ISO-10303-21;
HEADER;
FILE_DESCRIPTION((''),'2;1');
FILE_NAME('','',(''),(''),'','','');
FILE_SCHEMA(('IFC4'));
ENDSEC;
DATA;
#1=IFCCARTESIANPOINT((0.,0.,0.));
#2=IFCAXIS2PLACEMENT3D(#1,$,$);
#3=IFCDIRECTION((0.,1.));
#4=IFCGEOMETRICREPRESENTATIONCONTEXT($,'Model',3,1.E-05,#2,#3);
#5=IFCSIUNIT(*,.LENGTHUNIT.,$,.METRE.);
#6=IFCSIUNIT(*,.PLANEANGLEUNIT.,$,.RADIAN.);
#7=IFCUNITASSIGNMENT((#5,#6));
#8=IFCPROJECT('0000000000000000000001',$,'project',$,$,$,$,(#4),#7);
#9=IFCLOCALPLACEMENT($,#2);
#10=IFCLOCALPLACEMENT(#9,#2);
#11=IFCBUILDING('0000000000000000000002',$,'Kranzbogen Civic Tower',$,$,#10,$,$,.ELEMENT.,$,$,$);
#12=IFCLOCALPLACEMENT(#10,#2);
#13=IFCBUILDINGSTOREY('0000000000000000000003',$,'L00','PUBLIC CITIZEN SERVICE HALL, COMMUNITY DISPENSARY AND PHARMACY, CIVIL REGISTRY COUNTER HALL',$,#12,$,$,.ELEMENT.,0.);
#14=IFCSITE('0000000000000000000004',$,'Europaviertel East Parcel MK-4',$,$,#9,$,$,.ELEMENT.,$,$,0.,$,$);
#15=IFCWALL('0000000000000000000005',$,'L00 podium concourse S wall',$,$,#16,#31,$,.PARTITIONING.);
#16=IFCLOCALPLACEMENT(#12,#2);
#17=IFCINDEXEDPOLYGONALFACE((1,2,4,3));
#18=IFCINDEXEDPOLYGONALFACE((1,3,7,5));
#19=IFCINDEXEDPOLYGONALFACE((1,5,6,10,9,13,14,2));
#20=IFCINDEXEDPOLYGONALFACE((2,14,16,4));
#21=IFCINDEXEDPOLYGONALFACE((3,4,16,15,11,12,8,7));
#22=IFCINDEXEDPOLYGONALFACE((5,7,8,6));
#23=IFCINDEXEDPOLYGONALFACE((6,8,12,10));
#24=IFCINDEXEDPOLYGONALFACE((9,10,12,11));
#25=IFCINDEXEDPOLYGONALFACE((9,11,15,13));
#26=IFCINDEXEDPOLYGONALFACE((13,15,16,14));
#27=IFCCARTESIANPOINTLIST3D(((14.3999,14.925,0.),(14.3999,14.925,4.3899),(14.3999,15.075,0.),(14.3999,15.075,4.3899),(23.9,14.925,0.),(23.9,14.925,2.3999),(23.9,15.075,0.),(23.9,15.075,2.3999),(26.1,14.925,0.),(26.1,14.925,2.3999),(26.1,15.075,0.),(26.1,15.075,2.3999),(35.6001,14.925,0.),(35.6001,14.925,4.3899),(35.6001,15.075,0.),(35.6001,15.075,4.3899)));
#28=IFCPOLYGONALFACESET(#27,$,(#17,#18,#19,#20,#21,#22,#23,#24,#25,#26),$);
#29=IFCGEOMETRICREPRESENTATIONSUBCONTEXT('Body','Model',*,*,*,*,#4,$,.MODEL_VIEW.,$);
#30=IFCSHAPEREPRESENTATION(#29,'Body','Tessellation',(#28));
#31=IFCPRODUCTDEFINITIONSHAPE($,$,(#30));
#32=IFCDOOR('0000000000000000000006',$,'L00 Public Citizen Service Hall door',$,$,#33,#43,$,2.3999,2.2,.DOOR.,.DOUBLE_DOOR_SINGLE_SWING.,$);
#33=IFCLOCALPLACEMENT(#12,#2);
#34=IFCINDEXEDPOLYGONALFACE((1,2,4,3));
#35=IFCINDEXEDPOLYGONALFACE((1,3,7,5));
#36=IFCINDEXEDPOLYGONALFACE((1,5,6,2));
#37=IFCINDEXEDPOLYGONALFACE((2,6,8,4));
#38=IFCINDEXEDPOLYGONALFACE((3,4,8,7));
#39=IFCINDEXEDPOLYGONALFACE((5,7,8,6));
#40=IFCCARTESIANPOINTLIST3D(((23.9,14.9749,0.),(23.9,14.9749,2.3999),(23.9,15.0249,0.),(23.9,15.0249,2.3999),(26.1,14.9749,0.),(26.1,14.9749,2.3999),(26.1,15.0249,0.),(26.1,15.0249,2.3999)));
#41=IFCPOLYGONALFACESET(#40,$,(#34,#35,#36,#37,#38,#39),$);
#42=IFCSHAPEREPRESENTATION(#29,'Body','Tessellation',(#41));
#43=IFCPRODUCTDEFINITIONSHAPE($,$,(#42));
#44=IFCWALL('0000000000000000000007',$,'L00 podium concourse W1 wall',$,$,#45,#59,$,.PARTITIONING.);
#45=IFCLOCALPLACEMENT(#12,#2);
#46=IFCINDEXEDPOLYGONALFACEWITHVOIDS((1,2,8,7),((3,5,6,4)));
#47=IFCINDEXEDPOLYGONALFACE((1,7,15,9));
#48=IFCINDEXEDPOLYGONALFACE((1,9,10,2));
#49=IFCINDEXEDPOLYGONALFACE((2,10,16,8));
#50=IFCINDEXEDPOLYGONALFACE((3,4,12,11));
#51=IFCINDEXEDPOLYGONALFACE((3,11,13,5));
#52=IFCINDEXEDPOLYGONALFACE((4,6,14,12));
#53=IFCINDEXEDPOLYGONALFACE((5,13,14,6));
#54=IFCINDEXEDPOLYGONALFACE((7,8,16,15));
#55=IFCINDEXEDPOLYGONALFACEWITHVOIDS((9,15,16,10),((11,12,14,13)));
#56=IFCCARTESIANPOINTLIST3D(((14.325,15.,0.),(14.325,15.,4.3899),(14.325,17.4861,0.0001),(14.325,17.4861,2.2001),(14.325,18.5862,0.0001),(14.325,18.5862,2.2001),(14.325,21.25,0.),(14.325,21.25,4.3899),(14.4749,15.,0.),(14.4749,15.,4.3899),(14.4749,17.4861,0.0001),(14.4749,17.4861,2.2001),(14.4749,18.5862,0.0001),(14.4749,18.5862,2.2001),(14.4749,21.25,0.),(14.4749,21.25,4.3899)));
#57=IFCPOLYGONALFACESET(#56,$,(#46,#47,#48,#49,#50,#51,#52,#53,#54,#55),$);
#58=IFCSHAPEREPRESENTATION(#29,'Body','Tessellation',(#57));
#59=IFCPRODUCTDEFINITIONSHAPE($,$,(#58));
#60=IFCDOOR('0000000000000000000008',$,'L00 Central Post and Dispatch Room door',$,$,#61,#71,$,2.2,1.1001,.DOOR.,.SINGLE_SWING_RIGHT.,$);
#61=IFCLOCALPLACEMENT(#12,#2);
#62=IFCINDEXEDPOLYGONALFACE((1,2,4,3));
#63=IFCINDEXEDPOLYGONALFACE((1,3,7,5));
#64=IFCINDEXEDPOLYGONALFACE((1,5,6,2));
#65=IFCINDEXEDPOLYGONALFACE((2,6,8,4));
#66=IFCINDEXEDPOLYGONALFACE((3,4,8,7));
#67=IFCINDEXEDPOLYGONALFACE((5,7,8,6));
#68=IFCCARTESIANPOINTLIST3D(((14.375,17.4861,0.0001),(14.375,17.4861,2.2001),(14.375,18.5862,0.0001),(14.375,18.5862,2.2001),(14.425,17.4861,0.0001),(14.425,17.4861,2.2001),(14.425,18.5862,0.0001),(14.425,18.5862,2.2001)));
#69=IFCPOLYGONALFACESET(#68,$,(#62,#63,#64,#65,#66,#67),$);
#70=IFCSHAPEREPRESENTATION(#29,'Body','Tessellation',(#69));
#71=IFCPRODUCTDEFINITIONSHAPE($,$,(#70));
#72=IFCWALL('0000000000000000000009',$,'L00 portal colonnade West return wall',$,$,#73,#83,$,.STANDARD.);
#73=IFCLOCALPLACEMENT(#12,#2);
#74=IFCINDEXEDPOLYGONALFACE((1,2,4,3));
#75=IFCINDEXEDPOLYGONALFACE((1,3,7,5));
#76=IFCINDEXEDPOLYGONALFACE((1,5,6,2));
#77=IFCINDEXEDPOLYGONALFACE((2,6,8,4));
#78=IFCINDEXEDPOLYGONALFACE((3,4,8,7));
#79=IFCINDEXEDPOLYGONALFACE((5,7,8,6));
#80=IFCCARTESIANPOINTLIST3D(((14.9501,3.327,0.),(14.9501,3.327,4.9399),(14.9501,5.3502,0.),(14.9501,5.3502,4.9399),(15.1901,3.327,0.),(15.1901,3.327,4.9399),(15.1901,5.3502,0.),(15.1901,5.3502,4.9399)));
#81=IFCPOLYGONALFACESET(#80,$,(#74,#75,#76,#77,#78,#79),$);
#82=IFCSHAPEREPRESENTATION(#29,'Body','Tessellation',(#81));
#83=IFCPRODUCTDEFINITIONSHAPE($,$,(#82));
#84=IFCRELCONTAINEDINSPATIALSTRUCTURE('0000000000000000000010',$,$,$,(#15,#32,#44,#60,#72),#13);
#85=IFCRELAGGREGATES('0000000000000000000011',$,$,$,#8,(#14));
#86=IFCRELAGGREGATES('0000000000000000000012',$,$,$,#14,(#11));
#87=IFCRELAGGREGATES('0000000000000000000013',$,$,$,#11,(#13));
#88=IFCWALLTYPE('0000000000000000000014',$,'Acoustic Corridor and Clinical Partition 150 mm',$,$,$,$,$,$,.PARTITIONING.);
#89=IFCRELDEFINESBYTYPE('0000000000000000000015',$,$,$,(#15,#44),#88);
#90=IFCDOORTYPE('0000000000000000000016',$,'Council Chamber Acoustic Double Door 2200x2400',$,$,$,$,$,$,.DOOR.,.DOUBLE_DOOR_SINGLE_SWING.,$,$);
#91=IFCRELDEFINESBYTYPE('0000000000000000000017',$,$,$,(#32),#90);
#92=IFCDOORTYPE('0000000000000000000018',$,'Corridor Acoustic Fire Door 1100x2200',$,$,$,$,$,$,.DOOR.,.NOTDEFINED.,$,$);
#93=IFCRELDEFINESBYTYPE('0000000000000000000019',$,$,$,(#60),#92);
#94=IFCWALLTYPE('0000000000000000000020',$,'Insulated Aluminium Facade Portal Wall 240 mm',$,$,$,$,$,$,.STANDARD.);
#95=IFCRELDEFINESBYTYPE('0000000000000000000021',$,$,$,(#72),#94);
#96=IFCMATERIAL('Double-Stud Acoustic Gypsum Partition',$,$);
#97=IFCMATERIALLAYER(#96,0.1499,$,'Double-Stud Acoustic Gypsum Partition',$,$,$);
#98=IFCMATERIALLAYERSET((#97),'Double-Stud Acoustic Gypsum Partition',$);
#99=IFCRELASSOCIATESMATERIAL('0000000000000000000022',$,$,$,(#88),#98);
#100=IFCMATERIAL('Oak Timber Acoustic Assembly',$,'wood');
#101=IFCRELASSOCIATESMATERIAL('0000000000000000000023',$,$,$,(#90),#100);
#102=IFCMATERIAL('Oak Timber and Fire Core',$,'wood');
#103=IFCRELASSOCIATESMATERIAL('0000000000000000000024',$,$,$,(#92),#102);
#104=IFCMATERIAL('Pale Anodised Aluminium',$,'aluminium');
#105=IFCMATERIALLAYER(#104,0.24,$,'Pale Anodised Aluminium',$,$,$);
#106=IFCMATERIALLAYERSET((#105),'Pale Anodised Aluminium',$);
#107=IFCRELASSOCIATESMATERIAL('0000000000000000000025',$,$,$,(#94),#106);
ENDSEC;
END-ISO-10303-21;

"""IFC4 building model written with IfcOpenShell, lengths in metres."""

from ifc_helpers import new_model, si_unit, direction, frame, frame_2d, origin, place, context, subcontext, project, spatial, rectangle, extrude, material, layer, layer_set, type_object, element, fill, save


model = new_model("IFC4")

# Units and contexts
model_context = context("Model", 3, precision=1e-05, world=origin(), true_north=direction((0.0, 1.0)))
body_context = subcontext(model_context, "Body", "Model", "MODEL_VIEW")
ifc_project = project(units=[si_unit("LENGTHUNIT", "METRE"), si_unit("PLANEANGLEUNIT", "RADIAN")], contexts=[model_context])

# Site, building, storey
site_placement = place(None, origin())
site = spatial("IfcSite", under=ifc_project, at=site_placement, Name="Europaviertel East Parcel MK-4", CompositionType="ELEMENT", RefElevation=0.0)
building_placement = place(site_placement, origin())
building = spatial("IfcBuilding", under=site, at=building_placement, Name="Kranzbogen Civic Tower", CompositionType="ELEMENT")
storey_placement = place(building_placement, origin())
storey = spatial("IfcBuildingStorey", under=building, at=storey_placement, Name="L00", Description="PUBLIC CITIZEN SERVICE HALL, COMMUNITY DISPENSARY AND PHARMACY, CIVIL REGISTRY COUNTER HALL", CompositionType="ELEMENT", Elevation=0.0)

# Shared definitions
ifc_material_1 = material(Name="Pale Anodised Aluminium", Category="aluminium")

# Walls, openings, doors
ifc_material_2 = material(Name="Double-Stud Acoustic Gypsum Partition")
ifc_layer_1 = layer(ifc_material_2, 0.1499, Name="Double-Stud Acoustic Gypsum Partition")
ifc_layer_set_1 = layer_set([ifc_layer_1], Name="Double-Stud Acoustic Gypsum Partition")
wall_type_1 = type_object("IfcWallType", Name="Acoustic Corridor and Clinical Partition 150 mm", PredefinedType="PARTITIONING", material=ifc_layer_set_1)
wall_1_placement = place(storey_placement, frame((14.3999, 15.0, 0.0), z_axis=(0.0, 0.0, 1.0), x_axis=(1.0, 0.0, 0.0)))
wall_1 = element("IfcWall", 1, at=wall_1_placement, inside=storey, type_object=wall_type_1, Name="L00 podium concourse S wall", PredefinedType="PARTITIONING", context=body_context, shape_type="SweptSolid", body=[
    extrude(rectangle(XDim=21.2002, YDim=0.1499, at=frame_2d((10.6001, 0.0))), origin(), (0.0, 0.0, 1.0), 4.3899),
])
opening_1_placement = place(wall_1_placement, frame((9.5, 0.0, 0.0)))
opening_1 = element("IfcOpeningElement", 2, at=opening_1_placement, cuts=wall_1, PredefinedType="OPENING", context=body_context, shape_type="SweptSolid", body=[
    extrude(rectangle(XDim=2.2, YDim=2.3999, at=frame_2d((1.1001, 1.2))), frame((0.0, 0.085, 0.0), z_axis=(0.0, -1.0, 0.0), x_axis=(1.0, 0.0, 0.0)), (0.0, 0.0, 1.0), 0.1699),
])
ifc_material_3 = material(Name="Oak Timber Acoustic Assembly", Category="wood")
door_type_1 = type_object("IfcDoorType", Name="Council Chamber Acoustic Double Door 2200x2400", OperationType="DOUBLE_DOOR_SINGLE_SWING", PredefinedType="DOOR", material=ifc_material_3)
door_1_placement = place(opening_1_placement, origin())
door_1 = element("IfcDoor", 3, at=door_1_placement, inside=storey, type_object=door_type_1, Name="L00 Public Citizen Service Hall door", OperationType="DOUBLE_DOOR_SINGLE_SWING", OverallHeight=2.3999, OverallWidth=2.2, PredefinedType="DOOR", context=body_context, shape_type="SweptSolid", body=[
    extrude(rectangle(XDim=2.2, YDim=2.3999, at=frame_2d((1.1001, 1.2))), frame((0.0, 0.0249, 0.0), z_axis=(0.0, -1.0, 0.0), x_axis=(1.0, 0.0, 0.0)), (0.0, 0.0, 1.0), 0.05),
])
fill(opening_1, door_1)
wall_2_placement = place(storey_placement, frame((14.3999, 15.0, 0.0), z_axis=(0.0, 0.0, 1.0), x_axis=(0.0, 1.0, 0.0)))
wall_2 = element("IfcWall", 4, at=wall_2_placement, inside=storey, type_object=wall_type_1, Name="L00 podium concourse W1 wall", PredefinedType="PARTITIONING", context=body_context, shape_type="SweptSolid", body=[
    extrude(rectangle(XDim=6.25, YDim=0.1499, at=frame_2d((3.125, 0.0))), origin(), (0.0, 0.0, 1.0), 4.3899),
])
opening_2_placement = place(wall_2_placement, frame((2.4861, 0.0, 0.0)))
opening_2 = element("IfcOpeningElement", 5, at=opening_2_placement, cuts=wall_2, PredefinedType="OPENING", context=body_context, shape_type="SweptSolid", body=[
    extrude(rectangle(XDim=1.1001, YDim=2.2, at=frame_2d((0.55, 1.1001))), frame((0.0, 0.085, 0.0), z_axis=(0.0, -1.0, 0.0), x_axis=(1.0, 0.0, 0.0)), (0.0, 0.0, 1.0), 0.1699),
])
ifc_material_4 = material(Name="Oak Timber and Fire Core", Category="wood")
door_type_2 = type_object("IfcDoorType", Name="Corridor Acoustic Fire Door 1100x2200", OperationType="NOTDEFINED", PredefinedType="DOOR", material=ifc_material_4)
door_2_placement = place(opening_2_placement, origin())
door_2 = element("IfcDoor", 6, at=door_2_placement, inside=storey, type_object=door_type_2, Name="L00 Central Post and Dispatch Room door", OperationType="SINGLE_SWING_RIGHT", OverallHeight=2.2, OverallWidth=1.1001, PredefinedType="DOOR", context=body_context, shape_type="SweptSolid", body=[
    extrude(rectangle(XDim=1.1001, YDim=2.2, at=frame_2d((0.55, 1.1001))), frame((0.0, 0.0249, 0.0), z_axis=(0.0, -1.0, 0.0), x_axis=(1.0, 0.0, 0.0)), (0.0, 0.0, 1.0), 0.05),
])
fill(opening_2, door_2)

# Wall
ifc_layer_2 = layer(ifc_material_1, 0.24, Name="Pale Anodised Aluminium")
ifc_layer_set_2 = layer_set([ifc_layer_2], Name="Pale Anodised Aluminium")
wall_type_2 = type_object("IfcWallType", Name="Insulated Aluminium Facade Portal Wall 240 mm", PredefinedType="STANDARD", material=ifc_layer_set_2)
wall_3_placement = place(storey_placement, frame((15.0701, 3.3269, 0.0), z_axis=(0.0, 0.0, 1.0), x_axis=(0.0, 1.0, 0.0)))
element("IfcWall", 7, at=wall_3_placement, inside=storey, type_object=wall_type_2, Name="L00 portal colonnade West return wall", PredefinedType="STANDARD", context=body_context, shape_type="SweptSolid", body=[
    extrude(rectangle(XDim=2.0232, YDim=0.24, at=frame_2d((1.0117, 0.0))), origin(), (0.0, 0.0, 1.0), 4.9399),
])

save(model, "model.ifc")
